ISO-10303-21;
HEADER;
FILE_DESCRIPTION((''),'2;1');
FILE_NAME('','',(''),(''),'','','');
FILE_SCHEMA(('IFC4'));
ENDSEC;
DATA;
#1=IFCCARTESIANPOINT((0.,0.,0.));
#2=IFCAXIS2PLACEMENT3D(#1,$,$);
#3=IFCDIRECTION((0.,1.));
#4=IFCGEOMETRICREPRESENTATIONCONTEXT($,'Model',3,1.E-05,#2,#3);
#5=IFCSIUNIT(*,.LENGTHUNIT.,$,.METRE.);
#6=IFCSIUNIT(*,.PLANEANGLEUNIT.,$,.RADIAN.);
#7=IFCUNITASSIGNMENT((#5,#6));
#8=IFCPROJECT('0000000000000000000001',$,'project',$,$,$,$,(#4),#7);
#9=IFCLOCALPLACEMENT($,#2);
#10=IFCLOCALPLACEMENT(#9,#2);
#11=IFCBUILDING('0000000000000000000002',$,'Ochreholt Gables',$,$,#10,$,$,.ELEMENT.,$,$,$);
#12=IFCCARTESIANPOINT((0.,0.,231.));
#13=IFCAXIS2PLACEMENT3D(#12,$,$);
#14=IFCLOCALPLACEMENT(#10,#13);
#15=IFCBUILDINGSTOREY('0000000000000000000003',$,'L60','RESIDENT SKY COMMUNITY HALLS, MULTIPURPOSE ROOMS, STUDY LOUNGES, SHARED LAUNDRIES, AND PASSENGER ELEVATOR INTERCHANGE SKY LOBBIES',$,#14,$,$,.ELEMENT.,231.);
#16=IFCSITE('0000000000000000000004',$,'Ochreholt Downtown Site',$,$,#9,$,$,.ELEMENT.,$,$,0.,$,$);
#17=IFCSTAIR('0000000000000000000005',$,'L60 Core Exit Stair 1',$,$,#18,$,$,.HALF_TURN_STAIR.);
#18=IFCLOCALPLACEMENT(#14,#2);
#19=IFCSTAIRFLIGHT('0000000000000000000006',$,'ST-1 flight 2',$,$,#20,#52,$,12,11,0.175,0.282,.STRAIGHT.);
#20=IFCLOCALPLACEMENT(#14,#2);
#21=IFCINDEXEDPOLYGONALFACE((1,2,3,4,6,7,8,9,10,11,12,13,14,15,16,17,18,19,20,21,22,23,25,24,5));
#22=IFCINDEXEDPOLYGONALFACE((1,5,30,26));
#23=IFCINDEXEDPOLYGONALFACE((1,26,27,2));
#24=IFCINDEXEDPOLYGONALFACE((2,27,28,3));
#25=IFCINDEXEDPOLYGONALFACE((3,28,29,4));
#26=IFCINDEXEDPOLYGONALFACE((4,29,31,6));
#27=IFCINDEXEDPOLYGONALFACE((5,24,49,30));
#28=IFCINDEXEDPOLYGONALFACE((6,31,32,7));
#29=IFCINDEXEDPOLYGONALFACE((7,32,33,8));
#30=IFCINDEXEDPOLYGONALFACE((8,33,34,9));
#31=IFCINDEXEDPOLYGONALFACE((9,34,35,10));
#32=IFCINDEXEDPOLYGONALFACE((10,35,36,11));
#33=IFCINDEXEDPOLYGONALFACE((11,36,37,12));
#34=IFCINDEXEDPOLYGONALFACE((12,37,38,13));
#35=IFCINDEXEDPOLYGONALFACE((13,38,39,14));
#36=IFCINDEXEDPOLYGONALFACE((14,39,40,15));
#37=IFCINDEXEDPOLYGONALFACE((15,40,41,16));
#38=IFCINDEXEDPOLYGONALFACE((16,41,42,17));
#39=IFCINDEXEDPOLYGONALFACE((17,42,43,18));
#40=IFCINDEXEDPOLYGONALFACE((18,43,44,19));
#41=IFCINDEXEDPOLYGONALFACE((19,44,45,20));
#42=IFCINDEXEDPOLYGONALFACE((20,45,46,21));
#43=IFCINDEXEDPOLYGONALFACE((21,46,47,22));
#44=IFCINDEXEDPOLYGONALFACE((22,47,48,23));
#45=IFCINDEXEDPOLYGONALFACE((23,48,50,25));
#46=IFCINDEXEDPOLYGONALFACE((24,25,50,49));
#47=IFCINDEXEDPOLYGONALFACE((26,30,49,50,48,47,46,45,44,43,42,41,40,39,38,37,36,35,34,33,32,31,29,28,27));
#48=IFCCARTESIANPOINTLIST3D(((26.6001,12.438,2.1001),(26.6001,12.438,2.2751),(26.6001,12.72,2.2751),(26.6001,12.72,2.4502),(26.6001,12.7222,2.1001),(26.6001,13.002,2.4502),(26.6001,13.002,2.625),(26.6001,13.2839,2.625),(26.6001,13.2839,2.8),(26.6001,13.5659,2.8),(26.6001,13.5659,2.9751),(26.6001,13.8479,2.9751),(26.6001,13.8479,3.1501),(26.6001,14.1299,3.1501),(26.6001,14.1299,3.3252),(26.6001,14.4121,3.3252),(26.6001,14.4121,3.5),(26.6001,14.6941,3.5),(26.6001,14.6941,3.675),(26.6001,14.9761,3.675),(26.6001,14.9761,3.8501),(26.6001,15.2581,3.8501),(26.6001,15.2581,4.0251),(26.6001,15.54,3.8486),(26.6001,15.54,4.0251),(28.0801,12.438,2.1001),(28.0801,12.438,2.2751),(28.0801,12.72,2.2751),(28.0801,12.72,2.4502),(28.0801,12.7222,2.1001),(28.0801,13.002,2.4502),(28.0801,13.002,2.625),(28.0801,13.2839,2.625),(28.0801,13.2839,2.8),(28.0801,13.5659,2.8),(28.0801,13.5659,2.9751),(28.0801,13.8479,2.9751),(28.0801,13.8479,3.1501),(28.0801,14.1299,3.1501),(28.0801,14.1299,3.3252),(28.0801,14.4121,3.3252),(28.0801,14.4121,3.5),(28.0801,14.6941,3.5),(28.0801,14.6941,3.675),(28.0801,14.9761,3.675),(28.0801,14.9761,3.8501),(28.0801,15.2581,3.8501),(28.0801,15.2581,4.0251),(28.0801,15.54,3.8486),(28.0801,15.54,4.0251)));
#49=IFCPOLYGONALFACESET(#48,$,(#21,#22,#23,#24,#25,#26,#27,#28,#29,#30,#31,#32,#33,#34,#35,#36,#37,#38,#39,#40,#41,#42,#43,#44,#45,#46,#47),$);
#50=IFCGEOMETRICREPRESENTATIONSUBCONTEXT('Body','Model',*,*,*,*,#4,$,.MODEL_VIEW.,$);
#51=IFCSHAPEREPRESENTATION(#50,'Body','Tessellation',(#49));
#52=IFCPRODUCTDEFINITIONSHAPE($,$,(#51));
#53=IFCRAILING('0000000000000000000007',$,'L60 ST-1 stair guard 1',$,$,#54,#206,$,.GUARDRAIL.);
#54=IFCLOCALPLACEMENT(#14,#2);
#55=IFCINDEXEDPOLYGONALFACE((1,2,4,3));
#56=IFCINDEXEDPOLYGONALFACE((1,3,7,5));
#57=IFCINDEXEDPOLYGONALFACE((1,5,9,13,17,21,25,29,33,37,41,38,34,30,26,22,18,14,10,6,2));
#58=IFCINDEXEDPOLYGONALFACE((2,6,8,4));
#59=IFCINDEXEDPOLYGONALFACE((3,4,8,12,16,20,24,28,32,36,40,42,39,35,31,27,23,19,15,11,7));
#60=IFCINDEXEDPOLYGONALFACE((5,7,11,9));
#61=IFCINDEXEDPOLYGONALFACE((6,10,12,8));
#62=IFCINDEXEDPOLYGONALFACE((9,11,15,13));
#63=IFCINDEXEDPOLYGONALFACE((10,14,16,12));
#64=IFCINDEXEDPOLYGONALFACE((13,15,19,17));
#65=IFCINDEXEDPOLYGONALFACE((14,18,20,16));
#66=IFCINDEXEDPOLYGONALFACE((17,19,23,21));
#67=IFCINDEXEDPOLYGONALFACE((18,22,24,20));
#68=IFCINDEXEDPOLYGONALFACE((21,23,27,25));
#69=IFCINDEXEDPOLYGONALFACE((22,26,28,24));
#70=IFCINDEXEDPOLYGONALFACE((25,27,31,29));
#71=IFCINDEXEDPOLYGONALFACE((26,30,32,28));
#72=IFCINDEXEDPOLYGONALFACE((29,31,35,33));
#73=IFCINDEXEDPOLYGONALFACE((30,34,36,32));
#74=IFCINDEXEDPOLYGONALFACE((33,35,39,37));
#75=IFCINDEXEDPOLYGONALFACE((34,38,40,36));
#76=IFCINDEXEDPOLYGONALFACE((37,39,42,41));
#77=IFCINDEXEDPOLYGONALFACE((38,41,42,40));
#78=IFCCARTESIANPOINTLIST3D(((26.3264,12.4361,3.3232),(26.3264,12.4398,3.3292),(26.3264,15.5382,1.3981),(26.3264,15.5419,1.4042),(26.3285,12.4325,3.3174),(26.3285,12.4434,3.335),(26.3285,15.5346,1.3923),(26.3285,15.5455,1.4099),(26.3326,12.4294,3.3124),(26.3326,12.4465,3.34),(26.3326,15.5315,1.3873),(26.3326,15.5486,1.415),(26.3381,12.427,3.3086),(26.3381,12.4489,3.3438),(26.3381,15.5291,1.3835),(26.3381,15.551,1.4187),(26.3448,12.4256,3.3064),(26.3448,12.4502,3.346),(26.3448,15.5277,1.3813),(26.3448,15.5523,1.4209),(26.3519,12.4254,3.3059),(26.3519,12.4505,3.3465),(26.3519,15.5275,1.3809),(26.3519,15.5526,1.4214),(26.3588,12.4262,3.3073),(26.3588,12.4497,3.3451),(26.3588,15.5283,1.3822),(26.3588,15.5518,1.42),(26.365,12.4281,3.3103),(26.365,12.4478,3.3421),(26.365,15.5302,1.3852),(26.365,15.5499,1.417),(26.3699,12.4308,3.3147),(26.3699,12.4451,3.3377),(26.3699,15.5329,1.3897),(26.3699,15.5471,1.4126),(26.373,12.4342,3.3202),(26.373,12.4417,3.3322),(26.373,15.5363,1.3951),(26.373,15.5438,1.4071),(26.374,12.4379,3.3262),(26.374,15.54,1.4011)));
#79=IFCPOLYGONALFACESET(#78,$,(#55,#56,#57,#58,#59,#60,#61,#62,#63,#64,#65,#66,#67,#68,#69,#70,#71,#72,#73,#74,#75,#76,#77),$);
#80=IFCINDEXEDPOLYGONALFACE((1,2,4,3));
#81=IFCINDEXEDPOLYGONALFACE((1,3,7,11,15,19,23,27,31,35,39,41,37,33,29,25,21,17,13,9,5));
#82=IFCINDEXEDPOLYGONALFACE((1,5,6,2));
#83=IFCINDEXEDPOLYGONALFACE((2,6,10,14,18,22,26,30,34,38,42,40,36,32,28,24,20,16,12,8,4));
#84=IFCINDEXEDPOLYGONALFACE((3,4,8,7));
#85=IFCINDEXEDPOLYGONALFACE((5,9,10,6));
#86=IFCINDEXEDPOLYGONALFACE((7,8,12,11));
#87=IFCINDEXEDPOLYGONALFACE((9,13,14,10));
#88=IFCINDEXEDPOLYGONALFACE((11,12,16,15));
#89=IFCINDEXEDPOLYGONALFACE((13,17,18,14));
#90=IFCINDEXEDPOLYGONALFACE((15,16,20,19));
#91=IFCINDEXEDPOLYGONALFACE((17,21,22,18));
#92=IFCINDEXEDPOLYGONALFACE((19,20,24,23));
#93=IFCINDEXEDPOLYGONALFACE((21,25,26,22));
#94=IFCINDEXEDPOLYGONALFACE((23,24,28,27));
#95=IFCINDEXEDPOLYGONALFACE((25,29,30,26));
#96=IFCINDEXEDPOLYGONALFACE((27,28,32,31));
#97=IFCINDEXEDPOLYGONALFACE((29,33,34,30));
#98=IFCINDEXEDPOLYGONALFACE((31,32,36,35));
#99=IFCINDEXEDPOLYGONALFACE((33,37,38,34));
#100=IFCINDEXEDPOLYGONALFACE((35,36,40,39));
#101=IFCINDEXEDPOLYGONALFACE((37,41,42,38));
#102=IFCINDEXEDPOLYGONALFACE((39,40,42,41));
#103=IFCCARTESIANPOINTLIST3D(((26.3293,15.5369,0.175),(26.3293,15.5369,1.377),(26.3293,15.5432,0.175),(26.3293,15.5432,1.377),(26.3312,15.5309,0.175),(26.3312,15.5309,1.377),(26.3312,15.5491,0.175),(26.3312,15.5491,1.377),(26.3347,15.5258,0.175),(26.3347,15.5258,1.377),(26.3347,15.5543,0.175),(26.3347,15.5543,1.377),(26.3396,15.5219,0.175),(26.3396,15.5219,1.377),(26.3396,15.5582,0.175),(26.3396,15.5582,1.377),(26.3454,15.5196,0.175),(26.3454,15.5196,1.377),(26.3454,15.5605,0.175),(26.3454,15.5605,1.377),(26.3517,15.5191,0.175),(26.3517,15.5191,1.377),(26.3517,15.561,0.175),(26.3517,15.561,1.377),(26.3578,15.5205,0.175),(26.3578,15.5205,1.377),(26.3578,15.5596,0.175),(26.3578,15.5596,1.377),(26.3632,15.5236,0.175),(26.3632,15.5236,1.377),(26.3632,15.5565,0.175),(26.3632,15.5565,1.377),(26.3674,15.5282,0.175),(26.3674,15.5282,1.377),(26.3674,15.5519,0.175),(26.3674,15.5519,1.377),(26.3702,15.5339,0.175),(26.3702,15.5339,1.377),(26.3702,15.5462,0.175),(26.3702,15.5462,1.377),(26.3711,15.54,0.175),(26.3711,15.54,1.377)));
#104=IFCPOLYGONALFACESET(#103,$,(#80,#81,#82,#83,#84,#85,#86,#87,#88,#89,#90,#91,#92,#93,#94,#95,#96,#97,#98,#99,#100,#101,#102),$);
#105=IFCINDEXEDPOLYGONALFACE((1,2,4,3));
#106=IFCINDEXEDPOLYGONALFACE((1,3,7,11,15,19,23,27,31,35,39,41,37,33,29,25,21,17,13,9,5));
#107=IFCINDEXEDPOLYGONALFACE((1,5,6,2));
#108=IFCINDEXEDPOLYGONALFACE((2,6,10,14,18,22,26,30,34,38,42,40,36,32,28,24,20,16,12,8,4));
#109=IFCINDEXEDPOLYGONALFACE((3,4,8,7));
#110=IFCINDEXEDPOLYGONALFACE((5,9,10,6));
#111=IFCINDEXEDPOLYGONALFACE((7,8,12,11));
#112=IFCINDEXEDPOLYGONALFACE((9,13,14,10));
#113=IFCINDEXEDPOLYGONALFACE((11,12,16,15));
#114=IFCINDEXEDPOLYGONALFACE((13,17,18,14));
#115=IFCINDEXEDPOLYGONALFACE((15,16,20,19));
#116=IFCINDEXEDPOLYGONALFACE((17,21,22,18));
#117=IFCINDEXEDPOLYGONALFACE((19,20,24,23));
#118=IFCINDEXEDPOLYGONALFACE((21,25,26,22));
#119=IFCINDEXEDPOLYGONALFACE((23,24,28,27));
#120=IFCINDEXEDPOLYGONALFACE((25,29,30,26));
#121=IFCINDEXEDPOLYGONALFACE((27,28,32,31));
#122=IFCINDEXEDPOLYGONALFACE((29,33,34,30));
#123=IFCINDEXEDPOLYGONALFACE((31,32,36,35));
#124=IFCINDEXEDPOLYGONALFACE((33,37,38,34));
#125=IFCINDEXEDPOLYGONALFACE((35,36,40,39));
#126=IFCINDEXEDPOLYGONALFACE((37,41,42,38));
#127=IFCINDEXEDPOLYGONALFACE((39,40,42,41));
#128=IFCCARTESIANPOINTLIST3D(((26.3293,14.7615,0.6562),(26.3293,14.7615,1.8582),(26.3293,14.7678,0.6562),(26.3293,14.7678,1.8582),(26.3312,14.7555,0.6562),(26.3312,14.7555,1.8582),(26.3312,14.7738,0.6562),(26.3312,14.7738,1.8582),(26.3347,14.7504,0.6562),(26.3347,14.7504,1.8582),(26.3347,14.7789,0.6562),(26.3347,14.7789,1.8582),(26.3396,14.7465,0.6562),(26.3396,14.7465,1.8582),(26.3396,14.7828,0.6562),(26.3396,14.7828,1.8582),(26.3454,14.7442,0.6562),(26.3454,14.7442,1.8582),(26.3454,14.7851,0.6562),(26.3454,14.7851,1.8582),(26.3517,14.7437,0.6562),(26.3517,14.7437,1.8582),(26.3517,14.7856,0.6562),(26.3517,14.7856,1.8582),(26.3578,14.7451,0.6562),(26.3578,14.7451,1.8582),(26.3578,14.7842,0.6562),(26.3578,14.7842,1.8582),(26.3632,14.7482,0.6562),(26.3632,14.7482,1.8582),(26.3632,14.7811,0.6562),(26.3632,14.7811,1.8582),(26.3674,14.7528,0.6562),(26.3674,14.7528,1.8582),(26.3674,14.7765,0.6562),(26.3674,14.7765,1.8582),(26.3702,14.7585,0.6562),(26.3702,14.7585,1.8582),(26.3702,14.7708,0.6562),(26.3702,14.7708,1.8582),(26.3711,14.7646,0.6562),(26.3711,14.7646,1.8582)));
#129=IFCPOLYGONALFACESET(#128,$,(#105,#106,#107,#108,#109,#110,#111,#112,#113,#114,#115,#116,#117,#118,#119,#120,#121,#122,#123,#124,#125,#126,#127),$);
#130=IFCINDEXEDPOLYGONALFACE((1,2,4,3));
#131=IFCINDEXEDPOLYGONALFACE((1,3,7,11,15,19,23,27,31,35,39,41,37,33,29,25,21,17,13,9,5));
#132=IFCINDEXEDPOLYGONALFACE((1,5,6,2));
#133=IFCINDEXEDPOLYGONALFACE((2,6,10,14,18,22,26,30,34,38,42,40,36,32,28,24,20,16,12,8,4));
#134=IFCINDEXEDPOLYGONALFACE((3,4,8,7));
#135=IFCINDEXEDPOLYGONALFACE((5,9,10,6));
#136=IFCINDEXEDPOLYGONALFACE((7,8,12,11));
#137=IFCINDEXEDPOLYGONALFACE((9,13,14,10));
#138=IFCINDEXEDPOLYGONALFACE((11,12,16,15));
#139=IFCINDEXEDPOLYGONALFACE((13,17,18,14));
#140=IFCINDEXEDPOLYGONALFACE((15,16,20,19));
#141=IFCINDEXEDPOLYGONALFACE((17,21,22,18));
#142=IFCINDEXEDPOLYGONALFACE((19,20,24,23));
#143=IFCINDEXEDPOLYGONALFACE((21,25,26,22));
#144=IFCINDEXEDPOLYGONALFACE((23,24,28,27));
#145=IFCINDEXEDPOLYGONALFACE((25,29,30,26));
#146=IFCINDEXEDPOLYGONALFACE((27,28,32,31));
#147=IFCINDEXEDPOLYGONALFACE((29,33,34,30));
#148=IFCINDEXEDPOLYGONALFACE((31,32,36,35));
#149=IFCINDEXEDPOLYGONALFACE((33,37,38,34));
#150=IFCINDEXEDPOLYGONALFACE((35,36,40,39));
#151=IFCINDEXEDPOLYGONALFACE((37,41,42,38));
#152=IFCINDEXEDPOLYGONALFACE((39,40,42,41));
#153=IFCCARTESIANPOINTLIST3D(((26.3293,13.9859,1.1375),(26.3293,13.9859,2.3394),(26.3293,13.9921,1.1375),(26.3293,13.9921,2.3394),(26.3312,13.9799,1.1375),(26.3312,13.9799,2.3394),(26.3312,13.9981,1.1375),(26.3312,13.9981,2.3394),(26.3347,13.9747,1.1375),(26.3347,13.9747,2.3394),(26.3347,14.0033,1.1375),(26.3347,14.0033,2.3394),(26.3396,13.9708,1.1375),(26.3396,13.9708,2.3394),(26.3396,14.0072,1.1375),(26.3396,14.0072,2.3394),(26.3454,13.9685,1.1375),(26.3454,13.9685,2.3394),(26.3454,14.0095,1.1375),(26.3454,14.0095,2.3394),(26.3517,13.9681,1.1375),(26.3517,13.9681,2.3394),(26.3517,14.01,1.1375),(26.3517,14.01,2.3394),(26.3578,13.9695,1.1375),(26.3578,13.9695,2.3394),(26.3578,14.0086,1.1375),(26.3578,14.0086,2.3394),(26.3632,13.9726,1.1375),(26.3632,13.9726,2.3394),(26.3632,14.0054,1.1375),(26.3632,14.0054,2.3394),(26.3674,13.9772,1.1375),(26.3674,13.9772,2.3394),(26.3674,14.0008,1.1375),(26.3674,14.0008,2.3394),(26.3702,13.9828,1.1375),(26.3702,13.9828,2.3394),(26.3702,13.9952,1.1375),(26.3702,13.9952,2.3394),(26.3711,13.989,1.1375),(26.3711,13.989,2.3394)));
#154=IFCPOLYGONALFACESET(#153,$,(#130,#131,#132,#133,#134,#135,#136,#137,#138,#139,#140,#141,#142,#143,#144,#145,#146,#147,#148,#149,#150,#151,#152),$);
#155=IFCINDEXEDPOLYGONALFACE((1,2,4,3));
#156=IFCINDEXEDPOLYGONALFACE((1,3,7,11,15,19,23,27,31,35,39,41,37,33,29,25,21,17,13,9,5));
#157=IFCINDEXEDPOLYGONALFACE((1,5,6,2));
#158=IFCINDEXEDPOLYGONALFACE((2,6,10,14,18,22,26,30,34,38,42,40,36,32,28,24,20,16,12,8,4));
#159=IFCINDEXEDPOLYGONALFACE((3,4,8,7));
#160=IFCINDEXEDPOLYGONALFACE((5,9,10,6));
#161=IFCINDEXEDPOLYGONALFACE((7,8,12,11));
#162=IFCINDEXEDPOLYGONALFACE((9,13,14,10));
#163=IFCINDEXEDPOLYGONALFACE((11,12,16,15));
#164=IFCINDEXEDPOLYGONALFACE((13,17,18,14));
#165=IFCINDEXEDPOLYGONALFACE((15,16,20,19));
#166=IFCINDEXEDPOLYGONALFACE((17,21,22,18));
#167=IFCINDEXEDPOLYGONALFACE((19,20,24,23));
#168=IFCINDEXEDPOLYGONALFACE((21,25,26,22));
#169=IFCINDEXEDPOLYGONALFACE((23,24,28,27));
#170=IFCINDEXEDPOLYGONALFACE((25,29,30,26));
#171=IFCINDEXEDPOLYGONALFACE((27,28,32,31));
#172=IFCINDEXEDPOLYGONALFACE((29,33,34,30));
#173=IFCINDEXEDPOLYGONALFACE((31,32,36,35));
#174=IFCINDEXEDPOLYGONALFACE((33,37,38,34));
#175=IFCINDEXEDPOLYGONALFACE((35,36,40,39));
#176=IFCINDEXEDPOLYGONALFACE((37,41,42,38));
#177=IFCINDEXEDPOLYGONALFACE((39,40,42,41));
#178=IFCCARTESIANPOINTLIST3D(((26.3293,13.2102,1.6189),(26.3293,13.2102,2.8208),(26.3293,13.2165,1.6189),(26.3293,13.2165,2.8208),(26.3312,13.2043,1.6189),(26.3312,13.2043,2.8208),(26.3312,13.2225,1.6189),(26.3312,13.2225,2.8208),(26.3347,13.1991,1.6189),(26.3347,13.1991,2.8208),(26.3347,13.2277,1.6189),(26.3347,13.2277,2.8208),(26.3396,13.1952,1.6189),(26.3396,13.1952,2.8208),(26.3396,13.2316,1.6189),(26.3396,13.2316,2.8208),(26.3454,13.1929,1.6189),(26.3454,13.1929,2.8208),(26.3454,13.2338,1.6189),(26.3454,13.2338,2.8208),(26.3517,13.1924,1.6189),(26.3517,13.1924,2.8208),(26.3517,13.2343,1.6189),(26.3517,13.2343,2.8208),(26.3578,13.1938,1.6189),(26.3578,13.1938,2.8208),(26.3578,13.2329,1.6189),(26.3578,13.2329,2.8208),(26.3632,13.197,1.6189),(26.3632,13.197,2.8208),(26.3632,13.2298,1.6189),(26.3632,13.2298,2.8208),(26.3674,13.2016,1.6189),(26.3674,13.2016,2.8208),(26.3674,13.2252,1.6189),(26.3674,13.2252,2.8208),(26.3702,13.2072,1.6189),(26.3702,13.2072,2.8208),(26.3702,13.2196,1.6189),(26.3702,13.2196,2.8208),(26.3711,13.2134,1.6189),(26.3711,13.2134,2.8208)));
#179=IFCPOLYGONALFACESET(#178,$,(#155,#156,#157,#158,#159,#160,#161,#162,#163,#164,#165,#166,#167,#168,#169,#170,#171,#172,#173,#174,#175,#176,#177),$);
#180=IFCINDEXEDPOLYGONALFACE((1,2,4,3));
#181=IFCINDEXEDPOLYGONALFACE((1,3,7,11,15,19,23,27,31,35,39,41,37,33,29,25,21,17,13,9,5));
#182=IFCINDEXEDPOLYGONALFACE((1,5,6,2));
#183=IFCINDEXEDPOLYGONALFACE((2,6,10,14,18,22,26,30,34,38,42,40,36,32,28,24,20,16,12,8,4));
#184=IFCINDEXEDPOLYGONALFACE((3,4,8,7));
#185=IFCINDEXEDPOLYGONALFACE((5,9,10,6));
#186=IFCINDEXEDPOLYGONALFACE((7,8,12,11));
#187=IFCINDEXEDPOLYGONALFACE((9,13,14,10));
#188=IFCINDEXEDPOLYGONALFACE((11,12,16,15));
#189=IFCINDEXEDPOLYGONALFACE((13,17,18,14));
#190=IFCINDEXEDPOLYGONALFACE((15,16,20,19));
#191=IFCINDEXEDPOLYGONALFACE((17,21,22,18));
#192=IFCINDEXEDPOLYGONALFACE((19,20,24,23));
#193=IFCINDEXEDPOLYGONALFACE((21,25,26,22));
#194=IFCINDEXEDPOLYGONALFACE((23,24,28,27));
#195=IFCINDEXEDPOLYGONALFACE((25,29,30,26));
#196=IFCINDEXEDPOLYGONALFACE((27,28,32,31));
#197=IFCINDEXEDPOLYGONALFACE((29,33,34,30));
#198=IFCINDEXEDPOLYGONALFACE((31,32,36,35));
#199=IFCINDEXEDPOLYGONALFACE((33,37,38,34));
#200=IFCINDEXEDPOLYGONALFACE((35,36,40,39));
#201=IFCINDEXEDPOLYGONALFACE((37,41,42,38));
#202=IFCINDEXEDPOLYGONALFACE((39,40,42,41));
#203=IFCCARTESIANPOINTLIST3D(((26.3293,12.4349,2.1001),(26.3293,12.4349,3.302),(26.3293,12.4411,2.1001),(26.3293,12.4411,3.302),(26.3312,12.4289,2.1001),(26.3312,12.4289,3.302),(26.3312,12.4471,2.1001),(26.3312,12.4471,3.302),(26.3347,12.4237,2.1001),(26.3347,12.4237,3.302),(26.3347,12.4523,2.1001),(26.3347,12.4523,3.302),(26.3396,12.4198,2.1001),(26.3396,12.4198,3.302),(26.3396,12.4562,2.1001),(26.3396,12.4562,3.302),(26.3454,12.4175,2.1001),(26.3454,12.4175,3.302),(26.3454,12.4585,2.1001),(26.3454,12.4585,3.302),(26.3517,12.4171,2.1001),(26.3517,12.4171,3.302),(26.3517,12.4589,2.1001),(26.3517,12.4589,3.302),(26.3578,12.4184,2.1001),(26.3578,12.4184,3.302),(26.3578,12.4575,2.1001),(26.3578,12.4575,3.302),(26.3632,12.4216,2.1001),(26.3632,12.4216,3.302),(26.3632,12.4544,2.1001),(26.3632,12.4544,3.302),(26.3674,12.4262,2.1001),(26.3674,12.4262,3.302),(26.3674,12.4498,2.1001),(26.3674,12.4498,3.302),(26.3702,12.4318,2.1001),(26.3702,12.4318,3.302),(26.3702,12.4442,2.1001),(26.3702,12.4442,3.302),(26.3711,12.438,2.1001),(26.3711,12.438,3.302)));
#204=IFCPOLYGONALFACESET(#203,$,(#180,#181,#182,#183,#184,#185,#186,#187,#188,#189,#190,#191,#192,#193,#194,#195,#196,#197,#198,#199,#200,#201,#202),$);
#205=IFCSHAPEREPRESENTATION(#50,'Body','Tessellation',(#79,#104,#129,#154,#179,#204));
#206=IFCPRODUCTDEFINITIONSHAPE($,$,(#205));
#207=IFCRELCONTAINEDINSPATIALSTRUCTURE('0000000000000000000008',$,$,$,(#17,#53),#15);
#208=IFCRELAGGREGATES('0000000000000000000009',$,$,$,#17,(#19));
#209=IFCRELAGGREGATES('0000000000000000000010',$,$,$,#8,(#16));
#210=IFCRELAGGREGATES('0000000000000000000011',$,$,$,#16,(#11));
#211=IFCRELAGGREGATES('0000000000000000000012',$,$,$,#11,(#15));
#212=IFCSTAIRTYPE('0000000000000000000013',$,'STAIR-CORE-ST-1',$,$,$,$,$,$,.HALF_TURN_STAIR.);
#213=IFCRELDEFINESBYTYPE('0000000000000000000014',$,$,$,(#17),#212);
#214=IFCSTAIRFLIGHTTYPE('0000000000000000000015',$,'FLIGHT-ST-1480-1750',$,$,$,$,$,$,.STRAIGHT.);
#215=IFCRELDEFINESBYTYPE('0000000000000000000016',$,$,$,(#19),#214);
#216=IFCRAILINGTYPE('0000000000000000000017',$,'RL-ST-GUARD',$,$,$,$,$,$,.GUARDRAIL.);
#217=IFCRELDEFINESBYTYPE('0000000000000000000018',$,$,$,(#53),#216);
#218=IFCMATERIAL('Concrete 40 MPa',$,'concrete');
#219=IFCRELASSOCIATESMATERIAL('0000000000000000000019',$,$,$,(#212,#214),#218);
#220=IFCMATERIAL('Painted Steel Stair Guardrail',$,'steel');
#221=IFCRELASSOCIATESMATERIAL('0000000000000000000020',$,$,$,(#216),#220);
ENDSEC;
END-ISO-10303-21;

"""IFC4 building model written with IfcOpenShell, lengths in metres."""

from ifc_helpers import new_model, si_unit, direction, frame, origin, origin_2d, place, context, subcontext, project, spatial, polyline, circle, outline, extrude, material, type_object, element, aggregate, save


model = new_model("IFC4")

# Units and contexts
model_context = context("Model", 3, precision=1e-05, world=origin(), true_north=direction((0.0, 1.0)))
body_context = subcontext(model_context, "Body", "Model", "MODEL_VIEW")
ifc_project = project(units=[si_unit("LENGTHUNIT", "METRE"), si_unit("PLANEANGLEUNIT", "RADIAN")], contexts=[model_context])

# Site, building, storey
site_placement = place(None, origin())
site = spatial("IfcSite", under=ifc_project, at=site_placement, Name="Ochreholt Downtown Site", CompositionType="ELEMENT", RefElevation=0.0)
building_placement = place(site_placement, origin())
building = spatial("IfcBuilding", under=site, at=building_placement, Name="Ochreholt Gables", CompositionType="ELEMENT")
storey_placement = place(building_placement, frame((0.0, 0.0, 231.0)))
storey = spatial("IfcBuildingStorey", under=building, at=storey_placement, Name="L60", Description="RESIDENT SKY COMMUNITY HALLS, MULTIPURPOSE ROOMS, STUDY LOUNGES, SHARED LAUNDRIES, AND PASSENGER ELEVATOR INTERCHANGE SKY LOBBIES", CompositionType="ELEMENT", Elevation=231.0)

# Shared definitions
ifc_material_1 = material(Name="Concrete 40 MPa", Category="concrete")

# Stair, stair flight
stair_type = type_object("IfcStairType", Name="STAIR-CORE-ST-1", PredefinedType="HALF_TURN_STAIR", material=ifc_material_1)
stair_placement = place(storey_placement, origin())
stair = element("IfcStair", 1, at=stair_placement, inside=storey, type_object=stair_type, Name="L60 Core Exit Stair 1", PredefinedType="HALF_TURN_STAIR")
stair_flight_type = type_object("IfcStairFlightType", Name="FLIGHT-ST-1480-1750", PredefinedType="STRAIGHT", material=ifc_material_1)
stair_flight_1_placement = place(storey_placement, frame((27.3401, 12.438, 2.1001), z_axis=(0.0, 0.0, 1.0), x_axis=(0.0, 1.0, 0.0)))
stair_flight_1 = element("IfcStairFlight", 2, at=stair_flight_1_placement, type_object=stair_flight_type, Name="ST-1 flight 2", NumberOfRisers=12, NumberOfTreads=11, PredefinedType="STRAIGHT", RiserHeight=0.175, TreadLength=0.282, context=body_context, shape_type="SweptSolid", body=[
    extrude(outline(polyline([(0.0, 0.0), (0.0, 0.175), (0.282, 0.175), (0.282, 0.3501), (0.564, 0.3501), (0.564, 0.5249), (0.8459, 0.5249), (0.8459, 0.7), (1.1279, 0.7), (1.1279, 0.875), (1.4099, 0.875), (1.4099, 1.05), (1.6919, 1.05), (1.6919, 1.2251), (1.9741, 1.2251), (1.9741, 1.3999), (2.2561, 1.3999), (2.2561, 1.575), (2.5381, 1.575), (2.5381, 1.75), (2.8201, 1.75), (2.8201, 1.925), (3.1021, 1.925), (3.1021, 2.1001), (3.1021, 1.7485), (0.2842, 0.0), (0.0, 0.0)])), frame((0.0, 0.74, 0.0), z_axis=(0.0, -1.0, 0.0), x_axis=(1.0, 0.0, 0.0)), (0.0, 0.0, 1.0), 1.48),
])
aggregate(stair, [stair_flight_1])

# Railing
ifc_material_2 = material(Name="Painted Steel Stair Guardrail", Category="steel")
railing_type_1 = type_object("IfcRailingType", Name="RL-ST-GUARD", PredefinedType="GUARDRAIL", material=ifc_material_2)
railing_1_placement = place(storey_placement, frame((26.3501, 15.54, 0.175)))
element("IfcRailing", 3, at=railing_1_placement, inside=storey, type_object=railing_type_1, Name="L60 ST-1 stair guard 1", PredefinedType="GUARDRAIL", context=body_context, shape_type="SweptSolid", body=[
    extrude(circle(Radius=0.0239, at=origin_2d()), frame((0.0, 0.0, 1.2261), z_axis=(0.0, -0.849685, 0.527291), x_axis=(1.0, 0.0, 0.0)), (0.0, 0.0, 1.0), 3.6509),
    extrude(circle(Radius=0.021, at=origin_2d()), origin(), (0.0, 0.0, 1.0), 1.2019),
    extrude(circle(Radius=0.021, at=origin_2d()), frame((0.0, -0.7754, 0.4812)), (0.0, 0.0, 1.0), 1.2019),
    extrude(circle(Radius=0.021, at=origin_2d()), frame((0.0, -1.551, 0.9624)), (0.0, 0.0, 1.0), 1.2019),
    extrude(circle(Radius=0.021, at=origin_2d()), frame((0.0, -2.3267, 1.4438)), (0.0, 0.0, 1.0), 1.2019),
    extrude(circle(Radius=0.021, at=origin_2d()), frame((0.0, -3.1021, 1.925)), (0.0, 0.0, 1.0), 1.2019),
])

save(model, "model.ifc")
